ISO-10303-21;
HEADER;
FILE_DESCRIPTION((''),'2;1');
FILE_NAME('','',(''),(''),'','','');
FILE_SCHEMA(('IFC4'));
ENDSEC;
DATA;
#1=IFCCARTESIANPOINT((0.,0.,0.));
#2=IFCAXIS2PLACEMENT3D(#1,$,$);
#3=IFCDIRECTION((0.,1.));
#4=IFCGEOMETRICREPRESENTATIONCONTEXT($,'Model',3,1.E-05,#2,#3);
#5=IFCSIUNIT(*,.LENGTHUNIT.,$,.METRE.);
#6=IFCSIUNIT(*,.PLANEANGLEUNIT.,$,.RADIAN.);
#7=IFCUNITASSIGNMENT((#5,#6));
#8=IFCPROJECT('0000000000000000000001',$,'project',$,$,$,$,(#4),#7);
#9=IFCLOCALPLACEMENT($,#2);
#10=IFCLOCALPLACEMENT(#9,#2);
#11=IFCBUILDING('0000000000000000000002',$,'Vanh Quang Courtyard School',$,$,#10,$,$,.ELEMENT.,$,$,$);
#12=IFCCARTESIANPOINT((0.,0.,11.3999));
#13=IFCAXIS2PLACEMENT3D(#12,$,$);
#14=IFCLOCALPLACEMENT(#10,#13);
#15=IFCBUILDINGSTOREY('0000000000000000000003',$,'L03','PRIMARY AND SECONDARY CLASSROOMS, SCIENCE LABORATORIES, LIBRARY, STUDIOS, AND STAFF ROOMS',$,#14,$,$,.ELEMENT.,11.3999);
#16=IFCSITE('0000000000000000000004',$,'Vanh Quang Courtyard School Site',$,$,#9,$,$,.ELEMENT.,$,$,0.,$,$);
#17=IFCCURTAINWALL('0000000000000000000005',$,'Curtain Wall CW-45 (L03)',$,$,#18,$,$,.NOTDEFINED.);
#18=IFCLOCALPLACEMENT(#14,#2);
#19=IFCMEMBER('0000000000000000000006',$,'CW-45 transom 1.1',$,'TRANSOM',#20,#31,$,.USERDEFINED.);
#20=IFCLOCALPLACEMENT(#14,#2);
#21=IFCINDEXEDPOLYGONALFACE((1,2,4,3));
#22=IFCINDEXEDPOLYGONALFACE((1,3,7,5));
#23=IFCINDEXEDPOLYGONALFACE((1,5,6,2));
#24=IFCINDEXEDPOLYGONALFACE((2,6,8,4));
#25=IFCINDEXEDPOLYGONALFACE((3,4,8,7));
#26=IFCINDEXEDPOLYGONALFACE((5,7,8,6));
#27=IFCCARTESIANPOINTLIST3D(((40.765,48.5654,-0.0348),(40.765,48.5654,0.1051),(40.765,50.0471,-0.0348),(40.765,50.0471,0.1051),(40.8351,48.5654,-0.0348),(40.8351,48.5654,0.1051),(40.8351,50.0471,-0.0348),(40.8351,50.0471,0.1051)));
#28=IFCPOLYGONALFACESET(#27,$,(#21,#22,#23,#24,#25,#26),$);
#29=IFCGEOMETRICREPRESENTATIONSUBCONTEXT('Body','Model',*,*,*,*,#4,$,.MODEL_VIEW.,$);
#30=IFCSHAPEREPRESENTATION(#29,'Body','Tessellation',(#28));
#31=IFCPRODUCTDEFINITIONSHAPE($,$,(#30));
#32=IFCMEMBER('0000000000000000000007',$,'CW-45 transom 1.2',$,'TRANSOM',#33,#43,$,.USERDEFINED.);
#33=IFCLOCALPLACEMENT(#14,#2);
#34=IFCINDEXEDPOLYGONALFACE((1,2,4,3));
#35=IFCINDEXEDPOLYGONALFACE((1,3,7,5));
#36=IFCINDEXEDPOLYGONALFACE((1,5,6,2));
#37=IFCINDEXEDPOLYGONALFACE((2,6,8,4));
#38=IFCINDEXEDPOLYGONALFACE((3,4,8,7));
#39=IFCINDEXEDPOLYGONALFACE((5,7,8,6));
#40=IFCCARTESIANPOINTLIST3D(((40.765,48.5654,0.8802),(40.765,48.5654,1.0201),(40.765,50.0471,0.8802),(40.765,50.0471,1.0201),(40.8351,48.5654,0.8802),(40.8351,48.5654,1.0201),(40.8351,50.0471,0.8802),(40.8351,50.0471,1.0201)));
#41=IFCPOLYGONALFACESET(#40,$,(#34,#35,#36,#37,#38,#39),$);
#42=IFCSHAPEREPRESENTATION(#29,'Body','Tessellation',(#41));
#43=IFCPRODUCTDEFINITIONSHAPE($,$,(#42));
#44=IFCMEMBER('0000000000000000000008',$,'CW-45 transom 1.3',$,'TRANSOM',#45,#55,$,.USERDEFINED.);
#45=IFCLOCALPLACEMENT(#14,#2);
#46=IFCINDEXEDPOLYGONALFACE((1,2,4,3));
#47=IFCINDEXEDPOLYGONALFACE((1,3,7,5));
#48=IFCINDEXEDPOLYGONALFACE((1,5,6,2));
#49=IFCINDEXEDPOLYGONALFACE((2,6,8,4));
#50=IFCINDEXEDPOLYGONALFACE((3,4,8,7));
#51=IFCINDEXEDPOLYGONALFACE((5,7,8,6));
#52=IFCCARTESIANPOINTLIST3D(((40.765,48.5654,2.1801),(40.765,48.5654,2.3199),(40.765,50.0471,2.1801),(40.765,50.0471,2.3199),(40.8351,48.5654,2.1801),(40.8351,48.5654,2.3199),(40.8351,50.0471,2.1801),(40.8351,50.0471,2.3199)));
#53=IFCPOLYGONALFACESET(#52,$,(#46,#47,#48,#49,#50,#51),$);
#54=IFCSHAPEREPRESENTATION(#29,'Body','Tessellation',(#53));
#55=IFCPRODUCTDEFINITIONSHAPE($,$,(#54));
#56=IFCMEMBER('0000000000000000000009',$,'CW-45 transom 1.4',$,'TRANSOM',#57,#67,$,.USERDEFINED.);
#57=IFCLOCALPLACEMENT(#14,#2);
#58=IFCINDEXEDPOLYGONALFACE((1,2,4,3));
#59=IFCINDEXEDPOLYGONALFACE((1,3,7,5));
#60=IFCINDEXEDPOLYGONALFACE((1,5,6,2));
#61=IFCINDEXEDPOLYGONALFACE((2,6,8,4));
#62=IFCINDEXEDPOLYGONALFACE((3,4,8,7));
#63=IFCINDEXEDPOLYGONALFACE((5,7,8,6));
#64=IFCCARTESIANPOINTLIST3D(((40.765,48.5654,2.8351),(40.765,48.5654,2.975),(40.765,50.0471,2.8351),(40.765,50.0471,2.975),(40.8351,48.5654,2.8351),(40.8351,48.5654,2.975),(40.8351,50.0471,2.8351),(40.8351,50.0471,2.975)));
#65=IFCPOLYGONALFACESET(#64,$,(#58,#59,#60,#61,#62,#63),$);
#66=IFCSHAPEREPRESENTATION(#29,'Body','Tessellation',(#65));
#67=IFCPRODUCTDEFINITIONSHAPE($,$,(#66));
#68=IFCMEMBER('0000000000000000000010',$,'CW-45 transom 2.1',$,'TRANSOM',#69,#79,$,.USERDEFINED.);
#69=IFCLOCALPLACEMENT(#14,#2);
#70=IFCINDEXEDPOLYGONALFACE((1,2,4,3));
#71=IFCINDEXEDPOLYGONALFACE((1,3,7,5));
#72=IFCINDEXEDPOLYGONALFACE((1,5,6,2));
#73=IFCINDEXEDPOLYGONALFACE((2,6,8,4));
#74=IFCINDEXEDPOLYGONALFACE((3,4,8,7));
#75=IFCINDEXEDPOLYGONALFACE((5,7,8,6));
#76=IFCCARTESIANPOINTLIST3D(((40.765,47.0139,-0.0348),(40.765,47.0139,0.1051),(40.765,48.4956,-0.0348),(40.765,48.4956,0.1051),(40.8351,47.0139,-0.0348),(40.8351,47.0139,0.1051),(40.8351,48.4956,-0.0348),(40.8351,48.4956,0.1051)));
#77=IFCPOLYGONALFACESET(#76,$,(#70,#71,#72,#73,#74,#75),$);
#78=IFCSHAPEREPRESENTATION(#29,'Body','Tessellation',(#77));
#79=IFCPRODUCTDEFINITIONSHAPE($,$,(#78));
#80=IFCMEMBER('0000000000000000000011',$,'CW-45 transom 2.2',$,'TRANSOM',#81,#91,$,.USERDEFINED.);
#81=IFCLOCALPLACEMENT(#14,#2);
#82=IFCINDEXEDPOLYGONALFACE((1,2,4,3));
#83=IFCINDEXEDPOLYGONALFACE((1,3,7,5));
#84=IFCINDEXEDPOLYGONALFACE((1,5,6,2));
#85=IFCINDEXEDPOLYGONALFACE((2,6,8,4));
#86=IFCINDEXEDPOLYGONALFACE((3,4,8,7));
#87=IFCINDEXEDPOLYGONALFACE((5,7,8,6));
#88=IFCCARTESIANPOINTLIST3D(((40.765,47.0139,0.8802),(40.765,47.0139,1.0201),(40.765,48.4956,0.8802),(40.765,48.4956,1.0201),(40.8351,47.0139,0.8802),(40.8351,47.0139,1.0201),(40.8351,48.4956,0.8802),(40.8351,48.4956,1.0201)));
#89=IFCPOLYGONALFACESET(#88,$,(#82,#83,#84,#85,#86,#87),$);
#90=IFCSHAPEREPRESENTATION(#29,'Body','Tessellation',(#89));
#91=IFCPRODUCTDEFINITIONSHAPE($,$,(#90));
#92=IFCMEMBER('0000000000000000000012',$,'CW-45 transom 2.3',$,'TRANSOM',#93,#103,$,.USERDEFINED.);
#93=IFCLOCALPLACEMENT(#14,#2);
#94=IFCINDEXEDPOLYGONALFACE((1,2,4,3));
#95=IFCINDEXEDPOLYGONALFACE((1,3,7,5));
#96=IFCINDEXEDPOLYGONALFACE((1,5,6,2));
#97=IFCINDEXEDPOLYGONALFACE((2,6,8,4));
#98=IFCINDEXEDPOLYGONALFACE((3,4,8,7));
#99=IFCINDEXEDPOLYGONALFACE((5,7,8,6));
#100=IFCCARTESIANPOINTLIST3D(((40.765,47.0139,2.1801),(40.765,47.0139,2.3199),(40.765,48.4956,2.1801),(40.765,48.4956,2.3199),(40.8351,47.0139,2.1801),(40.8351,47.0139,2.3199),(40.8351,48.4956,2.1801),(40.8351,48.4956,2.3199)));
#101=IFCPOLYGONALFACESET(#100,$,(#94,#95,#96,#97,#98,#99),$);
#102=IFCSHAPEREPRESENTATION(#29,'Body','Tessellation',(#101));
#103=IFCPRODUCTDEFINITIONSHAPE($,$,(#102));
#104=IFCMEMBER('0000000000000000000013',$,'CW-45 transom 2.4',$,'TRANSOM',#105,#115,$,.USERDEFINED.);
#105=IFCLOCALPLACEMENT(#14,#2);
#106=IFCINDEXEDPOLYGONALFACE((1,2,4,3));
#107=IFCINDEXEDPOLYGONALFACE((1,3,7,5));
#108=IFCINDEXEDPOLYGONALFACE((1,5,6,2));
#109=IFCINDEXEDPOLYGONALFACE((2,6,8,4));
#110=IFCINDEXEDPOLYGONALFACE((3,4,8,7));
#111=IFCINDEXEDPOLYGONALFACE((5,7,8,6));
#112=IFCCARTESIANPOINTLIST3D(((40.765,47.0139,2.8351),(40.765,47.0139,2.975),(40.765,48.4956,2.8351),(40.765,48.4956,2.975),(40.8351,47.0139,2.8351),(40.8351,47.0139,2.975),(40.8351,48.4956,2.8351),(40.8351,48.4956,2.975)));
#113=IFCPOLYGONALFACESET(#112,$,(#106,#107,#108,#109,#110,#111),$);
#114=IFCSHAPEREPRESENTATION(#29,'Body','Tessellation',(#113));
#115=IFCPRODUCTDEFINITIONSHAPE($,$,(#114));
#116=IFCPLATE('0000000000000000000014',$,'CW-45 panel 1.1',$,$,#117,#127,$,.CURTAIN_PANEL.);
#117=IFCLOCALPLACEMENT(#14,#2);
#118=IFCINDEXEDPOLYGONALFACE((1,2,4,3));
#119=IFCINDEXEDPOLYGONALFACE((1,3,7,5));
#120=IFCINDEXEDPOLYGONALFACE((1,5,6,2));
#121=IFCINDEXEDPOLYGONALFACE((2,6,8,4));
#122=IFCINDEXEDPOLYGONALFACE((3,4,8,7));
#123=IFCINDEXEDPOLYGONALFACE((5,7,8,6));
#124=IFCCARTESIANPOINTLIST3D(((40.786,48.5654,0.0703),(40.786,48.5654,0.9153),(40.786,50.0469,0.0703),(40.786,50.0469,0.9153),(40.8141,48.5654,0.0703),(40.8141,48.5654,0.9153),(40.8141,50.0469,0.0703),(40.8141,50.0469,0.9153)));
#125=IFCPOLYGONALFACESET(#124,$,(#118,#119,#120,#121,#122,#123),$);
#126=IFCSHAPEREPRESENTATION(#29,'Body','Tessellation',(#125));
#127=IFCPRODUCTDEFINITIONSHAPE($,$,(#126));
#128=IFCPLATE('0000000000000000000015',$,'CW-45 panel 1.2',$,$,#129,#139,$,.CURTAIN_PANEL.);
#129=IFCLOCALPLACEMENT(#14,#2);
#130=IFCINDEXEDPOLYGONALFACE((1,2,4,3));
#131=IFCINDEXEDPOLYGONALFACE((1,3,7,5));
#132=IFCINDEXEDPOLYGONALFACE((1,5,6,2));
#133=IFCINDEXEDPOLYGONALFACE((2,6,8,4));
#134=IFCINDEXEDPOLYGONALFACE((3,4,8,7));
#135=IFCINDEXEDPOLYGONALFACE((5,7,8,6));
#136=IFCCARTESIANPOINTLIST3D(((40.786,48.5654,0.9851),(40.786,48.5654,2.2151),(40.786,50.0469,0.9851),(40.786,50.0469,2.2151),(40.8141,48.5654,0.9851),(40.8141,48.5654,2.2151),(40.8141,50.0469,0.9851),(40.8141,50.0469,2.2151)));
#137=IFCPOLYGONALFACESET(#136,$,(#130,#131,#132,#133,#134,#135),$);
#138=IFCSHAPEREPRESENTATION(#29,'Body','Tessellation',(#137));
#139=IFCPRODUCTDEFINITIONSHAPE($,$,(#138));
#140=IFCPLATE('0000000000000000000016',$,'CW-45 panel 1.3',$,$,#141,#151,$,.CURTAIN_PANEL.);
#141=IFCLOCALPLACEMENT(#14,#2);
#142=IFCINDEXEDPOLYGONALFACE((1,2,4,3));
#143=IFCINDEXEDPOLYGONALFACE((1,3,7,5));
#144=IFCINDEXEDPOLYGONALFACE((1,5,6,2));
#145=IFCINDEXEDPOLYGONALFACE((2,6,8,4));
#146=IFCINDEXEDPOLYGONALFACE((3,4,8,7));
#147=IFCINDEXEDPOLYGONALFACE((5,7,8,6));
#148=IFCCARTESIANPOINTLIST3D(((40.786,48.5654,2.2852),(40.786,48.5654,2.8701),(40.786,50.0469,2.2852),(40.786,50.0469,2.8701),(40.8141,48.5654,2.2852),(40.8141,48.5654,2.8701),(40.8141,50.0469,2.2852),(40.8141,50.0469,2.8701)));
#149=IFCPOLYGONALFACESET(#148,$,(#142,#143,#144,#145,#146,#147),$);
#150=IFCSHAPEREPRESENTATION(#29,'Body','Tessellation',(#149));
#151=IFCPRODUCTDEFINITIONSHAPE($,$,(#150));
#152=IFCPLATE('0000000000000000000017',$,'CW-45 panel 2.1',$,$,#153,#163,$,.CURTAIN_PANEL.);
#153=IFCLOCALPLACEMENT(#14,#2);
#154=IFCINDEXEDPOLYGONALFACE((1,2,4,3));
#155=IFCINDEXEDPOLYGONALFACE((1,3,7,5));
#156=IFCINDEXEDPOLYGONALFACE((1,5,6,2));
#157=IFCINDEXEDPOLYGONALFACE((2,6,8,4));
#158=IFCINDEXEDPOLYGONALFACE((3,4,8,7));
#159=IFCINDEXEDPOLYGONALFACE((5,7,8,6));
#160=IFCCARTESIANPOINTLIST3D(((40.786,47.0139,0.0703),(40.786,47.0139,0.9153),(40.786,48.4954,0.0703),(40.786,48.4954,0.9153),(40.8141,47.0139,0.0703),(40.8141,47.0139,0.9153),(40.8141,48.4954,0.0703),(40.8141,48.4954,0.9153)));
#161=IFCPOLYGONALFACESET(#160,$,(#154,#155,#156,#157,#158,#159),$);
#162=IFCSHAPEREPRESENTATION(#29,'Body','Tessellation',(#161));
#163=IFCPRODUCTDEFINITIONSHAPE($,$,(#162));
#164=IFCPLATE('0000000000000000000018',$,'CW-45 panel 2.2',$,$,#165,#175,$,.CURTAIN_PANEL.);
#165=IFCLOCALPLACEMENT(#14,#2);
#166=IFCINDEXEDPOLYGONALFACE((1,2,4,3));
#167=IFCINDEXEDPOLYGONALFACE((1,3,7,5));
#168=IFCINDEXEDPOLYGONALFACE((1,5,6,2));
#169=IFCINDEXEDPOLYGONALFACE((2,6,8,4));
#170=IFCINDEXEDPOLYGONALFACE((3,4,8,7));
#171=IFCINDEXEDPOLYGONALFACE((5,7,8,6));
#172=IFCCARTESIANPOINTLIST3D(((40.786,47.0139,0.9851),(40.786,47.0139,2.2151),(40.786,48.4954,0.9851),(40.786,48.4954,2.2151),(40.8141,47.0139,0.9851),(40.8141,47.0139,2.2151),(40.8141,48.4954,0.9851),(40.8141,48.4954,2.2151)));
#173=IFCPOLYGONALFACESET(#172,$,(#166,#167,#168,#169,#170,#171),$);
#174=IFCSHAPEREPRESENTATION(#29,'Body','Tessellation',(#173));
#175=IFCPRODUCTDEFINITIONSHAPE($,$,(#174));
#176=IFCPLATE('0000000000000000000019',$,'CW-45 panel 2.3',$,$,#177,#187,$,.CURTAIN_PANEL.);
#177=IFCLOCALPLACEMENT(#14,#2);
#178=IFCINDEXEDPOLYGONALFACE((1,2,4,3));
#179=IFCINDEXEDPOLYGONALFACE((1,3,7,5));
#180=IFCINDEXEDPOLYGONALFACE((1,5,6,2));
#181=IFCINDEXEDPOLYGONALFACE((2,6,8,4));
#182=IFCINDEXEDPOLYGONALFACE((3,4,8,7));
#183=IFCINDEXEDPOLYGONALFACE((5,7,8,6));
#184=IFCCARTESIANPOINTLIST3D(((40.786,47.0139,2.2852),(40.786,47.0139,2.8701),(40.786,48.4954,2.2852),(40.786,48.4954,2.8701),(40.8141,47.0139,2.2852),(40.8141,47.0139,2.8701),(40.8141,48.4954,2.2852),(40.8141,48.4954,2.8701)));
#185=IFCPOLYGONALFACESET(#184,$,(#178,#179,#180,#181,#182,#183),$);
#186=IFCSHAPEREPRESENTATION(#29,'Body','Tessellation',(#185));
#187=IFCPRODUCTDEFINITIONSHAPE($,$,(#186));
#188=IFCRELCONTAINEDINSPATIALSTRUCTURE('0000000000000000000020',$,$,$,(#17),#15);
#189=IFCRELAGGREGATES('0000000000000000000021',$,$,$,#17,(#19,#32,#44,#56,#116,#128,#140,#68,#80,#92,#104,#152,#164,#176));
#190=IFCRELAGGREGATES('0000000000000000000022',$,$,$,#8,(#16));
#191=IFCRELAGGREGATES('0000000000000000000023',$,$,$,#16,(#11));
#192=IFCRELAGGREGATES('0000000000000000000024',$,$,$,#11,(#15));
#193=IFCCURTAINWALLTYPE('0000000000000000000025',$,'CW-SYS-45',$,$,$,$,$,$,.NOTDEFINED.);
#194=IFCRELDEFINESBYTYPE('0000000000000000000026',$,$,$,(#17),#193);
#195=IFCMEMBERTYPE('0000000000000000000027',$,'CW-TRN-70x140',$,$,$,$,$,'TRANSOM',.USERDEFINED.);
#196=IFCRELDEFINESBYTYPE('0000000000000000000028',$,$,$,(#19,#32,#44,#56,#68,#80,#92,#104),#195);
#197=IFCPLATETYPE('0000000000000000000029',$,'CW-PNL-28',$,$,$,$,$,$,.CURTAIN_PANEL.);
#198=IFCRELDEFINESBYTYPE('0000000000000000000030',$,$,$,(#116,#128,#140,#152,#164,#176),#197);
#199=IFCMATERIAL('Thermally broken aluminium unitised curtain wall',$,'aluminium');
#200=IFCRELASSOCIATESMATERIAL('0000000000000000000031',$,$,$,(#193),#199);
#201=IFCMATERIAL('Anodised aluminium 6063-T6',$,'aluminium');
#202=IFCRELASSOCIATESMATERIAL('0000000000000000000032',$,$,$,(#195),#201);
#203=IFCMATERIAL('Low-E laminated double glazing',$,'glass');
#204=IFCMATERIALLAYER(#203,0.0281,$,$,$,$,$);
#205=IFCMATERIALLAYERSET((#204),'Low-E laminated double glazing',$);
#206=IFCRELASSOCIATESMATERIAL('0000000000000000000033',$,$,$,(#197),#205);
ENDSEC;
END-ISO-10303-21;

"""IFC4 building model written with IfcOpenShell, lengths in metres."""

from ifc_helpers import new_model, si_unit, direction, frame, origin, origin_2d, place, context, subcontext, project, spatial, rectangle, extrude, material, layer, layer_set, material_profile, profile_set, type_object, element, aggregate, save


model = new_model("IFC4")

# Units and contexts
model_context = context("Model", 3, precision=1e-05, world=origin(), true_north=direction((0.0, 1.0)))
body_context = subcontext(model_context, "Body", "Model", "MODEL_VIEW")
ifc_project = project(units=[si_unit("LENGTHUNIT", "METRE"), si_unit("PLANEANGLEUNIT", "RADIAN")], contexts=[model_context])

# Site, building, storey
site_placement = place(None, origin())
site = spatial("IfcSite", under=ifc_project, at=site_placement, Name="Vanh Quang Courtyard School Site", CompositionType="ELEMENT", RefElevation=0.0)
building_placement = place(site_placement, origin())
building = spatial("IfcBuilding", under=site, at=building_placement, Name="Vanh Quang Courtyard School", CompositionType="ELEMENT")
storey_placement = place(building_placement, frame((0.0, 0.0, 11.3999)))
storey = spatial("IfcBuildingStorey", under=building, at=storey_placement, Name="L03", Description="PRIMARY AND SECONDARY CLASSROOMS, SCIENCE LABORATORIES, LIBRARY, STUDIOS, AND STAFF ROOMS", CompositionType="ELEMENT", Elevation=11.3999)

# Curtain wall, members, plates
ifc_material_1 = material(Name="Thermally broken aluminium unitised curtain wall", Category="aluminium")
curtain_wall_type = type_object("IfcCurtainWallType", Name="CW-SYS-45", PredefinedType="NOTDEFINED", material=ifc_material_1)
curtain_wall_placement = place(storey_placement, origin())
curtain_wall = element("IfcCurtainWall", 1, at=curtain_wall_placement, inside=storey, type_object=curtain_wall_type, Name="Curtain Wall CW-45 (L03)", PredefinedType="NOTDEFINED")
ifc_material_2 = material(Name="Anodised aluminium 6063-T6", Category="aluminium")
ifc_material_profile_1 = material_profile(ifc_material_2, rectangle(XDim=0.0701, YDim=0.1399, at=origin_2d()), Name="ALU-TRN 70x140")
ifc_profile_set_1 = profile_set([ifc_material_profile_1], Name="Anodised aluminium 6063-T6")
member_type_1 = type_object("IfcMemberType", Name="CW-TRN-70x140", ElementType="TRANSOM", PredefinedType="USERDEFINED", material=ifc_profile_set_1)
member_1_placement = place(storey_placement, frame((40.8, 50.0471, 0.0352), z_axis=(0.0, -1.0, 0.0), x_axis=(1.0, 0.0, 0.0)))
member_1 = element("IfcMember", 2, at=member_1_placement, type_object=member_type_1, Name="CW-45 transom 1.1", ObjectType="TRANSOM", PredefinedType="USERDEFINED", context=body_context, shape_type="SweptSolid", body=[
    extrude(rectangle(XDim=0.0701, YDim=0.1399, at=origin_2d()), origin(), (0.0, 0.0, 1.0), 1.4817),
])
member_2_placement = place(storey_placement, frame((40.8, 50.0471, 0.9502), z_axis=(0.0, -1.0, 0.0), x_axis=(1.0, 0.0, 0.0)))
member_2 = element("IfcMember", 3, at=member_2_placement, type_object=member_type_1, Name="CW-45 transom 1.2", ObjectType="TRANSOM", PredefinedType="USERDEFINED", context=body_context, shape_type="SweptSolid", body=[
    extrude(rectangle(XDim=0.0701, YDim=0.1399, at=origin_2d()), origin(), (0.0, 0.0, 1.0), 1.4817),
])
member_3_placement = place(storey_placement, frame((40.8, 50.0471, 2.25), z_axis=(0.0, -1.0, 0.0), x_axis=(1.0, 0.0, 0.0)))
member_3 = element("IfcMember", 4, at=member_3_placement, type_object=member_type_1, Name="CW-45 transom 1.3", ObjectType="TRANSOM", PredefinedType="USERDEFINED", context=body_context, shape_type="SweptSolid", body=[
    extrude(rectangle(XDim=0.0701, YDim=0.1399, at=origin_2d()), origin(), (0.0, 0.0, 1.0), 1.4817),
])
member_4_placement = place(storey_placement, frame((40.8, 50.0471, 2.905), z_axis=(0.0, -1.0, 0.0), x_axis=(1.0, 0.0, 0.0)))
member_4 = element("IfcMember", 5, at=member_4_placement, type_object=member_type_1, Name="CW-45 transom 1.4", ObjectType="TRANSOM", PredefinedType="USERDEFINED", context=body_context, shape_type="SweptSolid", body=[
    extrude(rectangle(XDim=0.0701, YDim=0.1399, at=origin_2d()), origin(), (0.0, 0.0, 1.0), 1.4817),
])
member_5_placement = place(storey_placement, frame((40.8, 48.4956, 0.0352), z_axis=(0.0, -1.0, 0.0), x_axis=(1.0, 0.0, 0.0)))
member_5 = element("IfcMember", 6, at=member_5_placement, type_object=member_type_1, Name="CW-45 transom 2.1", ObjectType="TRANSOM", PredefinedType="USERDEFINED", context=body_context, shape_type="SweptSolid", body=[
    extrude(rectangle(XDim=0.0701, YDim=0.1399, at=origin_2d()), origin(), (0.0, 0.0, 1.0), 1.4817),
])
member_6_placement = place(storey_placement, frame((40.8, 48.4956, 0.9502), z_axis=(0.0, -1.0, 0.0), x_axis=(1.0, 0.0, 0.0)))
member_6 = element("IfcMember", 7, at=member_6_placement, type_object=member_type_1, Name="CW-45 transom 2.2", ObjectType="TRANSOM", PredefinedType="USERDEFINED", context=body_context, shape_type="SweptSolid", body=[
    extrude(rectangle(XDim=0.0701, YDim=0.1399, at=origin_2d()), origin(), (0.0, 0.0, 1.0), 1.4817),
])
member_7_placement = place(storey_placement, frame((40.8, 48.4956, 2.25), z_axis=(0.0, -1.0, 0.0), x_axis=(1.0, 0.0, 0.0)))
member_7 = element("IfcMember", 8, at=member_7_placement, type_object=member_type_1, Name="CW-45 transom 2.3", ObjectType="TRANSOM", PredefinedType="USERDEFINED", context=body_context, shape_type="SweptSolid", body=[
    extrude(rectangle(XDim=0.0701, YDim=0.1399, at=origin_2d()), origin(), (0.0, 0.0, 1.0), 1.4817),
])
member_8_placement = place(storey_placement, frame((40.8, 48.4956, 2.905), z_axis=(0.0, -1.0, 0.0), x_axis=(1.0, 0.0, 0.0)))
member_8 = element("IfcMember", 9, at=member_8_placement, type_object=member_type_1, Name="CW-45 transom 2.4", ObjectType="TRANSOM", PredefinedType="USERDEFINED", context=body_context, shape_type="SweptSolid", body=[
    extrude(rectangle(XDim=0.0701, YDim=0.1399, at=origin_2d()), origin(), (0.0, 0.0, 1.0), 1.4817),
])
ifc_material_3 = material(Name="Low-E laminated double glazing", Category="glass")
ifc_layer_1 = layer(ifc_material_3, 0.0281)
ifc_layer_set_1 = layer_set([ifc_layer_1], Name="Low-E laminated double glazing")
plate_type = type_object("IfcPlateType", Name="CW-PNL-28", PredefinedType="CURTAIN_PANEL", material=ifc_layer_set_1)
plate_1_placement = place(storey_placement, frame((40.8, 49.3062, 0.0703), z_axis=(0.0, 0.0, 1.0), x_axis=(0.0, -1.0, 0.0)))
plate_1 = element("IfcPlate", 10, at=plate_1_placement, type_object=plate_type, Name="CW-45 panel 1.1", PredefinedType="CURTAIN_PANEL", context=body_context, shape_type="SweptSolid", body=[
    extrude(rectangle(XDim=1.4814, YDim=0.0281, at=origin_2d()), origin(), (0.0, 0.0, 1.0), 0.845),
])
plate_2_placement = place(storey_placement, frame((40.8, 49.3062, 0.9851), z_axis=(0.0, 0.0, 1.0), x_axis=(0.0, -1.0, 0.0)))
plate_2 = element("IfcPlate", 11, at=plate_2_placement, type_object=plate_type, Name="CW-45 panel 1.2", PredefinedType="CURTAIN_PANEL", context=body_context, shape_type="SweptSolid", body=[
    extrude(rectangle(XDim=1.4814, YDim=0.0281, at=origin_2d()), origin(), (0.0, 0.0, 1.0), 1.23),
])
plate_3_placement = place(storey_placement, frame((40.8, 49.3062, 2.2852), z_axis=(0.0, 0.0, 1.0), x_axis=(0.0, -1.0, 0.0)))
plate_3 = element("IfcPlate", 12, at=plate_3_placement, type_object=plate_type, Name="CW-45 panel 1.3", PredefinedType="CURTAIN_PANEL", context=body_context, shape_type="SweptSolid", body=[
    extrude(rectangle(XDim=1.4814, YDim=0.0281, at=origin_2d()), origin(), (0.0, 0.0, 1.0), 0.585),
])
plate_4_placement = place(storey_placement, frame((40.8, 47.7546, 0.0703), z_axis=(0.0, 0.0, 1.0), x_axis=(0.0, -1.0, 0.0)))
plate_4 = element("IfcPlate", 13, at=plate_4_placement, type_object=plate_type, Name="CW-45 panel 2.1", PredefinedType="CURTAIN_PANEL", context=body_context, shape_type="SweptSolid", body=[
    extrude(rectangle(XDim=1.4814, YDim=0.0281, at=origin_2d()), origin(), (0.0, 0.0, 1.0), 0.845),
])
plate_5_placement = place(storey_placement, frame((40.8, 47.7546, 0.9851), z_axis=(0.0, 0.0, 1.0), x_axis=(0.0, -1.0, 0.0)))
plate_5 = element("IfcPlate", 14, at=plate_5_placement, type_object=plate_type, Name="CW-45 panel 2.2", PredefinedType="CURTAIN_PANEL", context=body_context, shape_type="SweptSolid", body=[
    extrude(rectangle(XDim=1.4814, YDim=0.0281, at=origin_2d()), origin(), (0.0, 0.0, 1.0), 1.23),
])
plate_6_placement = place(storey_placement, frame((40.8, 47.7546, 2.2852), z_axis=(0.0, 0.0, 1.0), x_axis=(0.0, -1.0, 0.0)))
plate_6 = element("IfcPlate", 15, at=plate_6_placement, type_object=plate_type, Name="CW-45 panel 2.3", PredefinedType="CURTAIN_PANEL", context=body_context, shape_type="SweptSolid", body=[
    extrude(rectangle(XDim=1.4814, YDim=0.0281, at=origin_2d()), origin(), (0.0, 0.0, 1.0), 0.585),
])
aggregate(curtain_wall, [member_1, member_2, member_3, member_4, plate_1, plate_2, plate_3, member_5, member_6, member_7, member_8, plate_4, plate_5, plate_6])

save(model, "model.ifc")
